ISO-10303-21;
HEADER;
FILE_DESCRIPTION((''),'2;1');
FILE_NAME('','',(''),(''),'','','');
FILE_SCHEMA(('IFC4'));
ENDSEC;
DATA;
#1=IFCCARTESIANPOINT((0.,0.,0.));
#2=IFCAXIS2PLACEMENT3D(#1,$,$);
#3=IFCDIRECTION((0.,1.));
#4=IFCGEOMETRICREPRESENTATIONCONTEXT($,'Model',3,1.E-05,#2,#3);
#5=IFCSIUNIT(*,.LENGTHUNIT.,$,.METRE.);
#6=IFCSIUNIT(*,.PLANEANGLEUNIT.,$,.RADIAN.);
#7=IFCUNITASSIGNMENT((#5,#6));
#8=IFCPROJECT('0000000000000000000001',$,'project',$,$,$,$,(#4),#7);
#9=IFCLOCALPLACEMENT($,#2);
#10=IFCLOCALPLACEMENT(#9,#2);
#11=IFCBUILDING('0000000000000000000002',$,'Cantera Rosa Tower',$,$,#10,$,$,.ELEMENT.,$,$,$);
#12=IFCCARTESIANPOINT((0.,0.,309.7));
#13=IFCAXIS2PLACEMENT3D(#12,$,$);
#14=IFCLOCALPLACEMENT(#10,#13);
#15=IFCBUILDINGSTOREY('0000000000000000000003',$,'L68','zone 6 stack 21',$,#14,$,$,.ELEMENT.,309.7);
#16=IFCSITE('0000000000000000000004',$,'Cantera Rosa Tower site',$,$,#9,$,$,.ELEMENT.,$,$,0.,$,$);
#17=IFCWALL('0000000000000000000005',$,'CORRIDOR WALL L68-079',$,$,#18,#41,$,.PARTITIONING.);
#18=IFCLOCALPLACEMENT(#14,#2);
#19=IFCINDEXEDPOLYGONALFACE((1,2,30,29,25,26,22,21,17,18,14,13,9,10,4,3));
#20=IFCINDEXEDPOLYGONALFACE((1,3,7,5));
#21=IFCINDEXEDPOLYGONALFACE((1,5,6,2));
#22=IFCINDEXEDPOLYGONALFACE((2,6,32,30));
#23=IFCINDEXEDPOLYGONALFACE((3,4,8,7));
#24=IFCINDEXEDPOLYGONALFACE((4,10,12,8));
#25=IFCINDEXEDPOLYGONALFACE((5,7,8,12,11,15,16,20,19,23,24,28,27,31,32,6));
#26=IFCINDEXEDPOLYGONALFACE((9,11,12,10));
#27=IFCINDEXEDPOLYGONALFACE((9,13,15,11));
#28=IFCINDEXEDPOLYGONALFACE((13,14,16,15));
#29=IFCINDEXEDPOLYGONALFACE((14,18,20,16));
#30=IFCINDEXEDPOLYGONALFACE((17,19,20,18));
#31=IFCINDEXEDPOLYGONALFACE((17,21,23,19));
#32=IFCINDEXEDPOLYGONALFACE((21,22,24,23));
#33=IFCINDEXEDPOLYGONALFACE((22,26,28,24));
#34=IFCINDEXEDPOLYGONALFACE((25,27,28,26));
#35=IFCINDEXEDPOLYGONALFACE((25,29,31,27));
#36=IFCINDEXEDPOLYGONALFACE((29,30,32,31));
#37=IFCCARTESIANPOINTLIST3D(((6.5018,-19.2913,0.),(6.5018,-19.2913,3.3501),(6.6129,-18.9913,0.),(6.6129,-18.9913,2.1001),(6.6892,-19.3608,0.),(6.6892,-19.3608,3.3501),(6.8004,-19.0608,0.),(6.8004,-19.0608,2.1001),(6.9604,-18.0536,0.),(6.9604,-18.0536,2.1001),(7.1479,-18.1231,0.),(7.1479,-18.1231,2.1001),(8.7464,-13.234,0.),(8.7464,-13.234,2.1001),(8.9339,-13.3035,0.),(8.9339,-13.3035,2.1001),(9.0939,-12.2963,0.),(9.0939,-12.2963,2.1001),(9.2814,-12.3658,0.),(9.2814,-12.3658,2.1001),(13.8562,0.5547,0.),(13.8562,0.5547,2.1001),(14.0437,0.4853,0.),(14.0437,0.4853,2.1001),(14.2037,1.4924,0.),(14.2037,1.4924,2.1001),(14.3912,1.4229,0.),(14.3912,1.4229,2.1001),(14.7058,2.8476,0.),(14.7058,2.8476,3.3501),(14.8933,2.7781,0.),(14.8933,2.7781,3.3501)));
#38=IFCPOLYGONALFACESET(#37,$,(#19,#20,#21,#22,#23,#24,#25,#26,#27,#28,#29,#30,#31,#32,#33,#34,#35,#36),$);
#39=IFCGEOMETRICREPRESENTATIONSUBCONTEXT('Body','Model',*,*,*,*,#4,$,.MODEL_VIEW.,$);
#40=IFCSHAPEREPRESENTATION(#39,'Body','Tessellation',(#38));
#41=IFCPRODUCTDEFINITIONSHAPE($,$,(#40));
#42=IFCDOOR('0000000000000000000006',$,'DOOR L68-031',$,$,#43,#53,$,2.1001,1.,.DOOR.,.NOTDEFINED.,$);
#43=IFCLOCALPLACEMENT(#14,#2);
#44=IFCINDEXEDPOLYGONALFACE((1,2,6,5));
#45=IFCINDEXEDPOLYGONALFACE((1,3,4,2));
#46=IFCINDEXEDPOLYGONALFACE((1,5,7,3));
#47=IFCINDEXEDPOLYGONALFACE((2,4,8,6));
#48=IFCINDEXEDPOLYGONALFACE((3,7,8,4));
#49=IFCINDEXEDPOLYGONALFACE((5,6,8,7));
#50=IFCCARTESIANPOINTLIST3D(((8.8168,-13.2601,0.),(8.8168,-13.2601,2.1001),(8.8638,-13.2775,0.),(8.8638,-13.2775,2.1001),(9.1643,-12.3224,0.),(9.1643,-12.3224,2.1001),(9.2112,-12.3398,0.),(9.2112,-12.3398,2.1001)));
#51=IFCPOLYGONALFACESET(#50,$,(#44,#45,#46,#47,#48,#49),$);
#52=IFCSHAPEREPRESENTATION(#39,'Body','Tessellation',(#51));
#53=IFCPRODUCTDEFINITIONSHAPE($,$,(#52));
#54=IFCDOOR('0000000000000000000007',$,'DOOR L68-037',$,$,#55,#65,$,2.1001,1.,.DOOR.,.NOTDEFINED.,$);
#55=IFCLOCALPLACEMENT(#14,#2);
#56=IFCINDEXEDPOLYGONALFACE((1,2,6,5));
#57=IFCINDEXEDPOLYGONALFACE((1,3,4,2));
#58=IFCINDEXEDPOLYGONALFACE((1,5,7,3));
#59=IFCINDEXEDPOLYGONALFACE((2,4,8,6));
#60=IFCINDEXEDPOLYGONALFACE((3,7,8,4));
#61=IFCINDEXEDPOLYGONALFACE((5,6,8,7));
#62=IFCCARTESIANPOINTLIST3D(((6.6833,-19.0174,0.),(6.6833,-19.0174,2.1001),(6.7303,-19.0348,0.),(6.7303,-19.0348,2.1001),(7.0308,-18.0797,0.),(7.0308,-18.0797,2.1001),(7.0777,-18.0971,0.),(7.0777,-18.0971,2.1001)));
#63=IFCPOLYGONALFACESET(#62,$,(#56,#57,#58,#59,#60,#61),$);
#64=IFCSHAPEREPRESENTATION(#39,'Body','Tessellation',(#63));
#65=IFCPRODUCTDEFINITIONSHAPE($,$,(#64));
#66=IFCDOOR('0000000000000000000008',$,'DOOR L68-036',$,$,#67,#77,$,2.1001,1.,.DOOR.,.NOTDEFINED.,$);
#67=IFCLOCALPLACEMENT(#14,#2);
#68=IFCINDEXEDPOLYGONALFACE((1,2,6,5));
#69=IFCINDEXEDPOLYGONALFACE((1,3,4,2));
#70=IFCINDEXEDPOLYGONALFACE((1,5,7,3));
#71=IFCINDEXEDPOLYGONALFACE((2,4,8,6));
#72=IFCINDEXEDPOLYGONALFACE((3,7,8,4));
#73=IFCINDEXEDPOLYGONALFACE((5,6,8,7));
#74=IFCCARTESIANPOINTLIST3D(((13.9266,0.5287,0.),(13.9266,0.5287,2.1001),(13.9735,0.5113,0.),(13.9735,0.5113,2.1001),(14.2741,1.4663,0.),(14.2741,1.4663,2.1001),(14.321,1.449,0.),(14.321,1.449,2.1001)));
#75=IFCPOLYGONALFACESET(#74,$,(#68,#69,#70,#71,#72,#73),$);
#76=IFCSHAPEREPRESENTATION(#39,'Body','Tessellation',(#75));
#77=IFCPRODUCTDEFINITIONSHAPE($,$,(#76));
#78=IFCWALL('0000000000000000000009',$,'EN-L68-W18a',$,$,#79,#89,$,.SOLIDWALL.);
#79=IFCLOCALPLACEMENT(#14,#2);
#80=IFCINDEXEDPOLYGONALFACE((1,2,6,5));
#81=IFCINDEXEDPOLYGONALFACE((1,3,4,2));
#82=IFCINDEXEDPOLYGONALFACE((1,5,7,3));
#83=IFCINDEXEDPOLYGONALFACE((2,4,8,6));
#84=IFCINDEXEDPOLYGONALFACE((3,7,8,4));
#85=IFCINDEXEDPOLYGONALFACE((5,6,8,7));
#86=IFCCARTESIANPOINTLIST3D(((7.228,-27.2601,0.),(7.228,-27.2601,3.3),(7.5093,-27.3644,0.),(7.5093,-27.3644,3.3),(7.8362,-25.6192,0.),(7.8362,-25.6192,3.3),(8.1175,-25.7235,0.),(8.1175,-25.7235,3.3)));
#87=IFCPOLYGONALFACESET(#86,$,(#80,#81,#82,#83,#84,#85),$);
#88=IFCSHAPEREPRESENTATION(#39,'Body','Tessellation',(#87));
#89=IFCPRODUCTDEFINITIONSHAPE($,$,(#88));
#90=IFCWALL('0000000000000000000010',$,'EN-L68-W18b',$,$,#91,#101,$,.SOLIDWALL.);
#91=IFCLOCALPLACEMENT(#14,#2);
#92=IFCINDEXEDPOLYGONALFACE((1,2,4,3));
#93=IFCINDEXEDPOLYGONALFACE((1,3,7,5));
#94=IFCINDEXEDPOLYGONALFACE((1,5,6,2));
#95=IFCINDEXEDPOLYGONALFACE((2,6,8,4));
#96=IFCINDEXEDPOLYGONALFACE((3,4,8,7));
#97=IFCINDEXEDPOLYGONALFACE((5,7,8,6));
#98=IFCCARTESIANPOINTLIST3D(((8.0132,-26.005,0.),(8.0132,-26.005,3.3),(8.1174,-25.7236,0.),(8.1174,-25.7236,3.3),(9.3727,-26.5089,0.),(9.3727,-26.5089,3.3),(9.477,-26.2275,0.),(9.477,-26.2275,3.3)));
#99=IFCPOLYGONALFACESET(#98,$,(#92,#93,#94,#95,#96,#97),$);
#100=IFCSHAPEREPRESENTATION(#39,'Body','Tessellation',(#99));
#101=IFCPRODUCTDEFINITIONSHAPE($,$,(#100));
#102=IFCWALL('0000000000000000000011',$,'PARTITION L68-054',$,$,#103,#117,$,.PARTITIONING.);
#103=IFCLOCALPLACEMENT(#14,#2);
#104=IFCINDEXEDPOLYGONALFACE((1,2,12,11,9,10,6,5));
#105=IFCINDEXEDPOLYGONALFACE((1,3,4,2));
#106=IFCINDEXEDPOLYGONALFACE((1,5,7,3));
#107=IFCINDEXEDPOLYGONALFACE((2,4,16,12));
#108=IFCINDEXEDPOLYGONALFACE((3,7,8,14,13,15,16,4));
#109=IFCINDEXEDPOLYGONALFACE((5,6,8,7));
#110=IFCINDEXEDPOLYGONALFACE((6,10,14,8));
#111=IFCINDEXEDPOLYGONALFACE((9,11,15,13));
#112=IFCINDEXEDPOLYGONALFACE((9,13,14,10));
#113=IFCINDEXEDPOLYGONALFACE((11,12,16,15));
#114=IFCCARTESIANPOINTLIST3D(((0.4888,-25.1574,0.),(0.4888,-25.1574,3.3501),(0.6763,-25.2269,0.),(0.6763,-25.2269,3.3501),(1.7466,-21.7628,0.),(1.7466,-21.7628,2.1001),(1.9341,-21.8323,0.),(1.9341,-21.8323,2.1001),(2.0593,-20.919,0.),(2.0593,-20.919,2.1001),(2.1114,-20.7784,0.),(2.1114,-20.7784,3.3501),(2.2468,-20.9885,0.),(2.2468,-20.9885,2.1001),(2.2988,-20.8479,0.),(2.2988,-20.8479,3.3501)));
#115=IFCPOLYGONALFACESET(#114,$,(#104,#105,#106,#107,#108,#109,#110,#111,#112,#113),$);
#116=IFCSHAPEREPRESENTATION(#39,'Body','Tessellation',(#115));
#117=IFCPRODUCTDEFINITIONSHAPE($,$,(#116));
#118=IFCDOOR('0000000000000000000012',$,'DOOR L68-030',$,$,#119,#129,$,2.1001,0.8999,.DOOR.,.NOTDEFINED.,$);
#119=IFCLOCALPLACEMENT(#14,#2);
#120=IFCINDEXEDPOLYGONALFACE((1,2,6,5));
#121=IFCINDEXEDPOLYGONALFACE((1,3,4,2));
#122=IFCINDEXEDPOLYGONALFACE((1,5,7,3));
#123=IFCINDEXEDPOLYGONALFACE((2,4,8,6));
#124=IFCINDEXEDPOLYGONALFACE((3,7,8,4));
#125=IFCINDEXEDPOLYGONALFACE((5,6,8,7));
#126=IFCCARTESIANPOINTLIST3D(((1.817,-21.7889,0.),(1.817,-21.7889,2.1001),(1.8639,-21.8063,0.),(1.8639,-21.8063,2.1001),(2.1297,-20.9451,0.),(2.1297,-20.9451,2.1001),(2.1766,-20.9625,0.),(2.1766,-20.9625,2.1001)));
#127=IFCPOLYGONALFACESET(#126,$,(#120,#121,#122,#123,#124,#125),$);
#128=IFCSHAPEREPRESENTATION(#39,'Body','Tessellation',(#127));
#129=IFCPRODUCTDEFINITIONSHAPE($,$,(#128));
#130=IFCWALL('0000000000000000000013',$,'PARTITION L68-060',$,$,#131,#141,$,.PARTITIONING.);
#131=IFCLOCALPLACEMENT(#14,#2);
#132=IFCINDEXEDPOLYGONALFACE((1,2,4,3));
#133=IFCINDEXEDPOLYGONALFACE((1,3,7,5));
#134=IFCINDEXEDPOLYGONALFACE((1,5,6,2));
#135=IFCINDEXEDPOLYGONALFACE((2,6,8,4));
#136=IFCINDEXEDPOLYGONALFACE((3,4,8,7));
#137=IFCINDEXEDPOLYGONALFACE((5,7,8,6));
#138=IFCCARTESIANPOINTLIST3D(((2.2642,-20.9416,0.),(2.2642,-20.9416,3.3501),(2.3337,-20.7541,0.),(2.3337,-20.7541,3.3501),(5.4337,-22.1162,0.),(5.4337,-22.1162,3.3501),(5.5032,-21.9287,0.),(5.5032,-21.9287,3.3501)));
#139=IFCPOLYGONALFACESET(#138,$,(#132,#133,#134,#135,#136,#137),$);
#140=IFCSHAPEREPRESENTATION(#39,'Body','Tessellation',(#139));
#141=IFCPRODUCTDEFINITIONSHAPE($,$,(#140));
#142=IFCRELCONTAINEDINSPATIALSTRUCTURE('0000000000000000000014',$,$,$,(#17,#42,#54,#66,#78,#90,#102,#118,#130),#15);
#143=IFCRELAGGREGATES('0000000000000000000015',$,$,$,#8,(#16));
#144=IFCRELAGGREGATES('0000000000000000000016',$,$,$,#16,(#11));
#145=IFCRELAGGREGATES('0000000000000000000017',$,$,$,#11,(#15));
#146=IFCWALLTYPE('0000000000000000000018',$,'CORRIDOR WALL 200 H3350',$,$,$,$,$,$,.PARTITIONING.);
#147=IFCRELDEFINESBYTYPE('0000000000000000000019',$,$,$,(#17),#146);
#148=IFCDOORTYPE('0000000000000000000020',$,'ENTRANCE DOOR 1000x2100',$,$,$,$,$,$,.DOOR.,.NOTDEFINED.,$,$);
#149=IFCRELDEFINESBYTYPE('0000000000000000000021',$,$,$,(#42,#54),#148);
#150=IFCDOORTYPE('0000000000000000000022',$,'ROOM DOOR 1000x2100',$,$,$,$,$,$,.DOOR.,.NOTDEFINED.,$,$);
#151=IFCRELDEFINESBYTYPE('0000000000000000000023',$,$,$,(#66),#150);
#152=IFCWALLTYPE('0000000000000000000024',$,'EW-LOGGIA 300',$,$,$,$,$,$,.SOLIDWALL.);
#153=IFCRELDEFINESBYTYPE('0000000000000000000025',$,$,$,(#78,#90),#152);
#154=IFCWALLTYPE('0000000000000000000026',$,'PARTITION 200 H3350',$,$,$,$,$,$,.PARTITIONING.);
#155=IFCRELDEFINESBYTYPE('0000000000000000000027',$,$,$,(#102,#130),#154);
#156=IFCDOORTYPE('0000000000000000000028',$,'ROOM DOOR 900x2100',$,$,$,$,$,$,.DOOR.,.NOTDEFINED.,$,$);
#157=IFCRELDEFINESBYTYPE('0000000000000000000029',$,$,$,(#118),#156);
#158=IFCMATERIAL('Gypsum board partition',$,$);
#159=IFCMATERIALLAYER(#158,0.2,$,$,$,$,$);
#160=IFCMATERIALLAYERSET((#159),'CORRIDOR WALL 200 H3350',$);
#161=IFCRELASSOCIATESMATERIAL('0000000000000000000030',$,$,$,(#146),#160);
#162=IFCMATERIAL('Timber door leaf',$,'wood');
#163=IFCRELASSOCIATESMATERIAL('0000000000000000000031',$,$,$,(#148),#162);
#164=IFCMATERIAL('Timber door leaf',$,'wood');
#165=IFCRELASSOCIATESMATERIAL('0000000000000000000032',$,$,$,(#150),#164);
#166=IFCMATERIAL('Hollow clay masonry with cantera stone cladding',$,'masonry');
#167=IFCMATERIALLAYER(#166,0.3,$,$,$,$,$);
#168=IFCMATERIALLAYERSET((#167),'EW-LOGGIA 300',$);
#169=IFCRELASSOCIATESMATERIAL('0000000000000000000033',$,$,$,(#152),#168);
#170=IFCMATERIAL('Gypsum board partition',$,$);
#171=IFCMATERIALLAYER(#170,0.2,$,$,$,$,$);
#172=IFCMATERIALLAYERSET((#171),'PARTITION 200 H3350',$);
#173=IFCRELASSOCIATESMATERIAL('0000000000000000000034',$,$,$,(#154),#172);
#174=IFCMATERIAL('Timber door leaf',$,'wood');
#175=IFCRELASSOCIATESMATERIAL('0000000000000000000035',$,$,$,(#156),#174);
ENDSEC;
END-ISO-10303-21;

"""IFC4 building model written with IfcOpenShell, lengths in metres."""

from ifc_helpers import new_model, si_unit, direction, frame, frame_2d, origin, place, context, subcontext, project, spatial, rectangle, extrude, material, layer, layer_set, type_object, element, fill, save


model = new_model("IFC4")

# Units and contexts
model_context = context("Model", 3, precision=1e-05, world=origin(), true_north=direction((0.0, 1.0)))
body_context = subcontext(model_context, "Body", "Model", "MODEL_VIEW")
ifc_project = project(units=[si_unit("LENGTHUNIT", "METRE"), si_unit("PLANEANGLEUNIT", "RADIAN")], contexts=[model_context])

# Site, building, storey
site_placement = place(None, origin())
site = spatial("IfcSite", under=ifc_project, at=site_placement, Name="Cantera Rosa Tower site", CompositionType="ELEMENT", RefElevation=0.0)
building_placement = place(site_placement, origin())
building = spatial("IfcBuilding", under=site, at=building_placement, Name="Cantera Rosa Tower", CompositionType="ELEMENT")
storey_placement = place(building_placement, frame((0.0, 0.0, 309.7)))
storey = spatial("IfcBuildingStorey", under=building, at=storey_placement, Name="L68", Description="zone 6 stack 21", CompositionType="ELEMENT", Elevation=309.7)

# Wall, openings, doors
ifc_material_1 = material(Name="Gypsum board partition")
ifc_layer_1 = layer(ifc_material_1, 0.2)
ifc_layer_set_1 = layer_set([ifc_layer_1], Name="CORRIDOR WALL 200 H3350")
wall_type_1 = type_object("IfcWallType", Name="CORRIDOR WALL 200 H3350", PredefinedType="PARTITIONING", material=ifc_layer_set_1)
wall_1_placement = place(storey_placement, frame((6.5955, -19.3262, 0.0), z_axis=(0.0, 0.0, 1.0), x_axis=(0.347482, 0.937687, 0.0)))
wall_1 = element("IfcWall", 1, at=wall_1_placement, inside=storey, type_object=wall_type_1, Name="CORRIDOR WALL L68-079", PredefinedType="PARTITIONING", context=body_context, shape_type="SweptSolid", body=[
    extrude(rectangle(XDim=23.6101, YDim=0.2, at=frame_2d((11.8052, 0.0))), origin(), (0.0, 0.0, 1.0), 3.3501),
])
opening_1_placement = place(wall_1_placement, frame((6.46, 0.0, 0.0)))
opening_1 = element("IfcOpeningElement", 2, at=opening_1_placement, cuts=wall_1, PredefinedType="OPENING", context=body_context, shape_type="SweptSolid", body=[
    extrude(rectangle(XDim=1.0, YDim=2.1001, at=frame_2d((0.5, 1.05))), frame((0.0, 0.1099, 0.0), z_axis=(0.0, -1.0, 0.0), x_axis=(1.0, 0.0, 0.0)), (0.0, 0.0, 1.0), 0.22),
])
opening_2_placement = place(wall_1_placement, frame((21.165, 0.0, 0.0)))
opening_2 = element("IfcOpeningElement", 3, at=opening_2_placement, cuts=wall_1, PredefinedType="OPENING", context=body_context, shape_type="SweptSolid", body=[
    extrude(rectangle(XDim=1.0, YDim=2.1001, at=frame_2d((0.5, 1.05))), frame((0.0, 0.1099, 0.0), z_axis=(0.0, -1.0, 0.0), x_axis=(1.0, 0.0, 0.0)), (0.0, 0.0, 1.0), 0.22),
])
opening_3_placement = place(wall_1_placement, frame((0.3201, 0.0, 0.0)))
opening_3 = element("IfcOpeningElement", 4, at=opening_3_placement, cuts=wall_1, PredefinedType="OPENING", context=body_context, shape_type="SweptSolid", body=[
    extrude(rectangle(XDim=1.0, YDim=2.1001, at=frame_2d((0.5, 1.05))), frame((0.0, 0.1099, 0.0), z_axis=(0.0, -1.0, 0.0), x_axis=(1.0, 0.0, 0.0)), (0.0, 0.0, 1.0), 0.22),
])
ifc_material_2 = material(Name="Timber door leaf", Category="wood")
door_type_1 = type_object("IfcDoorType", Name="ENTRANCE DOOR 1000x2100", OperationType="NOTDEFINED", PredefinedType="DOOR", material=ifc_material_2)
door_1_placement = place(opening_1_placement, origin())
door_1 = element("IfcDoor", 5, at=door_1_placement, inside=storey, type_object=door_type_1, Name="DOOR L68-031", OperationType="NOTDEFINED", OverallHeight=2.1001, OverallWidth=1.0, PredefinedType="DOOR", context=body_context, shape_type="SweptSolid", body=[
    extrude(rectangle(XDim=1.0, YDim=2.1001, at=frame_2d((0.5, 1.05))), frame((0.0, 0.0249, 0.0), z_axis=(0.0, -1.0, 0.0), x_axis=(1.0, 0.0, 0.0)), (0.0, 0.0, 1.0), 0.05),
])
fill(opening_1, door_1)
door_2_placement = place(opening_3_placement, origin())
door_2 = element("IfcDoor", 6, at=door_2_placement, inside=storey, type_object=door_type_1, Name="DOOR L68-037", OperationType="NOTDEFINED", OverallHeight=2.1001, OverallWidth=1.0, PredefinedType="DOOR", context=body_context, shape_type="SweptSolid", body=[
    extrude(rectangle(XDim=1.0, YDim=2.1001, at=frame_2d((0.5, 1.05))), frame((0.0, 0.0249, 0.0), z_axis=(0.0, -1.0, 0.0), x_axis=(1.0, 0.0, 0.0)), (0.0, 0.0, 1.0), 0.05),
])
fill(opening_3, door_2)
ifc_material_3 = material(Name="Timber door leaf", Category="wood")
door_type_2 = type_object("IfcDoorType", Name="ROOM DOOR 1000x2100", OperationType="NOTDEFINED", PredefinedType="DOOR", material=ifc_material_3)
door_3_placement = place(opening_2_placement, origin())
door_3 = element("IfcDoor", 7, at=door_3_placement, inside=storey, type_object=door_type_2, Name="DOOR L68-036", OperationType="NOTDEFINED", OverallHeight=2.1001, OverallWidth=1.0, PredefinedType="DOOR", context=body_context, shape_type="SweptSolid", body=[
    extrude(rectangle(XDim=1.0, YDim=2.1001, at=frame_2d((0.5, 1.05))), frame((0.0, 0.0249, 0.0), z_axis=(0.0, -1.0, 0.0), x_axis=(1.0, 0.0, 0.0)), (0.0, 0.0, 1.0), 0.05),
])
fill(opening_2, door_3)

# Walls
ifc_material_4 = material(Name="Hollow clay masonry with cantera stone cladding", Category="masonry")
ifc_layer_2 = layer(ifc_material_4, 0.3)
ifc_layer_set_2 = layer_set([ifc_layer_2], Name="EW-LOGGIA 300")
wall_type_2 = type_object("IfcWallType", Name="EW-LOGGIA 300", PredefinedType="SOLIDWALL", material=ifc_layer_set_2)
wall_2_placement = place(storey_placement, frame((7.3687, -27.3123, 0.0), z_axis=(0.0, 0.0, 1.0), x_axis=(0.347528, 0.93767, 0.0)))
element("IfcWall", 8, at=wall_2_placement, inside=storey, type_object=wall_type_2, Name="EN-L68-W18a", PredefinedType="SOLIDWALL", context=body_context, shape_type="SweptSolid", body=[
    extrude(rectangle(XDim=1.75, YDim=0.3, at=frame_2d((0.875, 0.0))), origin(), (0.0, 0.0, 1.0), 3.3),
])
wall_3_placement = place(storey_placement, frame((8.0652, -25.8643, 0.0), z_axis=(0.0, 0.0, 1.0), x_axis=(0.937672, -0.347523, 0.0)))
element("IfcWall", 9, at=wall_3_placement, inside=storey, type_object=wall_type_2, Name="EN-L68-W18b", PredefinedType="SOLIDWALL", context=body_context, shape_type="SweptSolid", body=[
    extrude(rectangle(XDim=1.45, YDim=0.3, at=frame_2d((0.7251, 0.0))), origin(), (0.0, 0.0, 1.0), 3.3),
])

# Wall, opening, door
ifc_material_5 = material(Name="Gypsum board partition")
ifc_layer_3 = layer(ifc_material_5, 0.2)
ifc_layer_set_3 = layer_set([ifc_layer_3], Name="PARTITION 200 H3350")
wall_type_3 = type_object("IfcWallType", Name="PARTITION 200 H3350", PredefinedType="PARTITIONING", material=ifc_layer_set_3)
wall_4_placement = place(storey_placement, frame((0.5825, -25.1921, 0.0), z_axis=(0.0, 0.0, 1.0), x_axis=(0.347454, 0.937697, 0.0)))
wall_4 = element("IfcWall", 10, at=wall_4_placement, inside=storey, type_object=wall_type_3, Name="PARTITION L68-054", PredefinedType="PARTITIONING", context=body_context, shape_type="SweptSolid", body=[
    extrude(rectangle(XDim=4.6699, YDim=0.2, at=frame_2d((2.335, 0.0))), origin(), (0.0, 0.0, 1.0), 3.3501),
])
opening_4_placement = place(wall_4_placement, frame((3.6201, 0.0, 0.0)))
opening_4 = element("IfcOpeningElement", 11, at=opening_4_placement, cuts=wall_4, PredefinedType="OPENING", context=body_context, shape_type="SweptSolid", body=[
    extrude(rectangle(XDim=0.8999, YDim=2.1001, at=frame_2d((0.45, 1.05))), frame((0.0, 0.1099, 0.0), z_axis=(0.0, -1.0, 0.0), x_axis=(1.0, 0.0, 0.0)), (0.0, 0.0, 1.0), 0.22),
])
ifc_material_6 = material(Name="Timber door leaf", Category="wood")
door_type_3 = type_object("IfcDoorType", Name="ROOM DOOR 900x2100", OperationType="NOTDEFINED", PredefinedType="DOOR", material=ifc_material_6)
door_4_placement = place(opening_4_placement, origin())
door_4 = element("IfcDoor", 12, at=door_4_placement, inside=storey, type_object=door_type_3, Name="DOOR L68-030", OperationType="NOTDEFINED", OverallHeight=2.1001, OverallWidth=0.8999, PredefinedType="DOOR", context=body_context, shape_type="SweptSolid", body=[
    extrude(rectangle(XDim=0.8999, YDim=2.1001, at=frame_2d((0.45, 1.05))), frame((0.0, 0.0249, 0.0), z_axis=(0.0, -1.0, 0.0), x_axis=(1.0, 0.0, 0.0)), (0.0, 0.0, 1.0), 0.05),
])
fill(opening_4, door_4)

# Wall
wall_5_placement = place(storey_placement, frame((2.2991, -20.8479, 0.0), z_axis=(0.0, 0.0, 1.0), x_axis=(0.937682, -0.347495, 0.0)))
element("IfcWall", 13, at=wall_5_placement, inside=storey, type_object=wall_type_3, Name="PARTITION L68-060", PredefinedType="PARTITIONING", context=body_context, shape_type="SweptSolid", body=[
    extrude(rectangle(XDim=3.3801, YDim=0.2, at=frame_2d((1.6899, 0.0))), origin(), (0.0, 0.0, 1.0), 3.3501),
])

save(model, "model.ifc")
